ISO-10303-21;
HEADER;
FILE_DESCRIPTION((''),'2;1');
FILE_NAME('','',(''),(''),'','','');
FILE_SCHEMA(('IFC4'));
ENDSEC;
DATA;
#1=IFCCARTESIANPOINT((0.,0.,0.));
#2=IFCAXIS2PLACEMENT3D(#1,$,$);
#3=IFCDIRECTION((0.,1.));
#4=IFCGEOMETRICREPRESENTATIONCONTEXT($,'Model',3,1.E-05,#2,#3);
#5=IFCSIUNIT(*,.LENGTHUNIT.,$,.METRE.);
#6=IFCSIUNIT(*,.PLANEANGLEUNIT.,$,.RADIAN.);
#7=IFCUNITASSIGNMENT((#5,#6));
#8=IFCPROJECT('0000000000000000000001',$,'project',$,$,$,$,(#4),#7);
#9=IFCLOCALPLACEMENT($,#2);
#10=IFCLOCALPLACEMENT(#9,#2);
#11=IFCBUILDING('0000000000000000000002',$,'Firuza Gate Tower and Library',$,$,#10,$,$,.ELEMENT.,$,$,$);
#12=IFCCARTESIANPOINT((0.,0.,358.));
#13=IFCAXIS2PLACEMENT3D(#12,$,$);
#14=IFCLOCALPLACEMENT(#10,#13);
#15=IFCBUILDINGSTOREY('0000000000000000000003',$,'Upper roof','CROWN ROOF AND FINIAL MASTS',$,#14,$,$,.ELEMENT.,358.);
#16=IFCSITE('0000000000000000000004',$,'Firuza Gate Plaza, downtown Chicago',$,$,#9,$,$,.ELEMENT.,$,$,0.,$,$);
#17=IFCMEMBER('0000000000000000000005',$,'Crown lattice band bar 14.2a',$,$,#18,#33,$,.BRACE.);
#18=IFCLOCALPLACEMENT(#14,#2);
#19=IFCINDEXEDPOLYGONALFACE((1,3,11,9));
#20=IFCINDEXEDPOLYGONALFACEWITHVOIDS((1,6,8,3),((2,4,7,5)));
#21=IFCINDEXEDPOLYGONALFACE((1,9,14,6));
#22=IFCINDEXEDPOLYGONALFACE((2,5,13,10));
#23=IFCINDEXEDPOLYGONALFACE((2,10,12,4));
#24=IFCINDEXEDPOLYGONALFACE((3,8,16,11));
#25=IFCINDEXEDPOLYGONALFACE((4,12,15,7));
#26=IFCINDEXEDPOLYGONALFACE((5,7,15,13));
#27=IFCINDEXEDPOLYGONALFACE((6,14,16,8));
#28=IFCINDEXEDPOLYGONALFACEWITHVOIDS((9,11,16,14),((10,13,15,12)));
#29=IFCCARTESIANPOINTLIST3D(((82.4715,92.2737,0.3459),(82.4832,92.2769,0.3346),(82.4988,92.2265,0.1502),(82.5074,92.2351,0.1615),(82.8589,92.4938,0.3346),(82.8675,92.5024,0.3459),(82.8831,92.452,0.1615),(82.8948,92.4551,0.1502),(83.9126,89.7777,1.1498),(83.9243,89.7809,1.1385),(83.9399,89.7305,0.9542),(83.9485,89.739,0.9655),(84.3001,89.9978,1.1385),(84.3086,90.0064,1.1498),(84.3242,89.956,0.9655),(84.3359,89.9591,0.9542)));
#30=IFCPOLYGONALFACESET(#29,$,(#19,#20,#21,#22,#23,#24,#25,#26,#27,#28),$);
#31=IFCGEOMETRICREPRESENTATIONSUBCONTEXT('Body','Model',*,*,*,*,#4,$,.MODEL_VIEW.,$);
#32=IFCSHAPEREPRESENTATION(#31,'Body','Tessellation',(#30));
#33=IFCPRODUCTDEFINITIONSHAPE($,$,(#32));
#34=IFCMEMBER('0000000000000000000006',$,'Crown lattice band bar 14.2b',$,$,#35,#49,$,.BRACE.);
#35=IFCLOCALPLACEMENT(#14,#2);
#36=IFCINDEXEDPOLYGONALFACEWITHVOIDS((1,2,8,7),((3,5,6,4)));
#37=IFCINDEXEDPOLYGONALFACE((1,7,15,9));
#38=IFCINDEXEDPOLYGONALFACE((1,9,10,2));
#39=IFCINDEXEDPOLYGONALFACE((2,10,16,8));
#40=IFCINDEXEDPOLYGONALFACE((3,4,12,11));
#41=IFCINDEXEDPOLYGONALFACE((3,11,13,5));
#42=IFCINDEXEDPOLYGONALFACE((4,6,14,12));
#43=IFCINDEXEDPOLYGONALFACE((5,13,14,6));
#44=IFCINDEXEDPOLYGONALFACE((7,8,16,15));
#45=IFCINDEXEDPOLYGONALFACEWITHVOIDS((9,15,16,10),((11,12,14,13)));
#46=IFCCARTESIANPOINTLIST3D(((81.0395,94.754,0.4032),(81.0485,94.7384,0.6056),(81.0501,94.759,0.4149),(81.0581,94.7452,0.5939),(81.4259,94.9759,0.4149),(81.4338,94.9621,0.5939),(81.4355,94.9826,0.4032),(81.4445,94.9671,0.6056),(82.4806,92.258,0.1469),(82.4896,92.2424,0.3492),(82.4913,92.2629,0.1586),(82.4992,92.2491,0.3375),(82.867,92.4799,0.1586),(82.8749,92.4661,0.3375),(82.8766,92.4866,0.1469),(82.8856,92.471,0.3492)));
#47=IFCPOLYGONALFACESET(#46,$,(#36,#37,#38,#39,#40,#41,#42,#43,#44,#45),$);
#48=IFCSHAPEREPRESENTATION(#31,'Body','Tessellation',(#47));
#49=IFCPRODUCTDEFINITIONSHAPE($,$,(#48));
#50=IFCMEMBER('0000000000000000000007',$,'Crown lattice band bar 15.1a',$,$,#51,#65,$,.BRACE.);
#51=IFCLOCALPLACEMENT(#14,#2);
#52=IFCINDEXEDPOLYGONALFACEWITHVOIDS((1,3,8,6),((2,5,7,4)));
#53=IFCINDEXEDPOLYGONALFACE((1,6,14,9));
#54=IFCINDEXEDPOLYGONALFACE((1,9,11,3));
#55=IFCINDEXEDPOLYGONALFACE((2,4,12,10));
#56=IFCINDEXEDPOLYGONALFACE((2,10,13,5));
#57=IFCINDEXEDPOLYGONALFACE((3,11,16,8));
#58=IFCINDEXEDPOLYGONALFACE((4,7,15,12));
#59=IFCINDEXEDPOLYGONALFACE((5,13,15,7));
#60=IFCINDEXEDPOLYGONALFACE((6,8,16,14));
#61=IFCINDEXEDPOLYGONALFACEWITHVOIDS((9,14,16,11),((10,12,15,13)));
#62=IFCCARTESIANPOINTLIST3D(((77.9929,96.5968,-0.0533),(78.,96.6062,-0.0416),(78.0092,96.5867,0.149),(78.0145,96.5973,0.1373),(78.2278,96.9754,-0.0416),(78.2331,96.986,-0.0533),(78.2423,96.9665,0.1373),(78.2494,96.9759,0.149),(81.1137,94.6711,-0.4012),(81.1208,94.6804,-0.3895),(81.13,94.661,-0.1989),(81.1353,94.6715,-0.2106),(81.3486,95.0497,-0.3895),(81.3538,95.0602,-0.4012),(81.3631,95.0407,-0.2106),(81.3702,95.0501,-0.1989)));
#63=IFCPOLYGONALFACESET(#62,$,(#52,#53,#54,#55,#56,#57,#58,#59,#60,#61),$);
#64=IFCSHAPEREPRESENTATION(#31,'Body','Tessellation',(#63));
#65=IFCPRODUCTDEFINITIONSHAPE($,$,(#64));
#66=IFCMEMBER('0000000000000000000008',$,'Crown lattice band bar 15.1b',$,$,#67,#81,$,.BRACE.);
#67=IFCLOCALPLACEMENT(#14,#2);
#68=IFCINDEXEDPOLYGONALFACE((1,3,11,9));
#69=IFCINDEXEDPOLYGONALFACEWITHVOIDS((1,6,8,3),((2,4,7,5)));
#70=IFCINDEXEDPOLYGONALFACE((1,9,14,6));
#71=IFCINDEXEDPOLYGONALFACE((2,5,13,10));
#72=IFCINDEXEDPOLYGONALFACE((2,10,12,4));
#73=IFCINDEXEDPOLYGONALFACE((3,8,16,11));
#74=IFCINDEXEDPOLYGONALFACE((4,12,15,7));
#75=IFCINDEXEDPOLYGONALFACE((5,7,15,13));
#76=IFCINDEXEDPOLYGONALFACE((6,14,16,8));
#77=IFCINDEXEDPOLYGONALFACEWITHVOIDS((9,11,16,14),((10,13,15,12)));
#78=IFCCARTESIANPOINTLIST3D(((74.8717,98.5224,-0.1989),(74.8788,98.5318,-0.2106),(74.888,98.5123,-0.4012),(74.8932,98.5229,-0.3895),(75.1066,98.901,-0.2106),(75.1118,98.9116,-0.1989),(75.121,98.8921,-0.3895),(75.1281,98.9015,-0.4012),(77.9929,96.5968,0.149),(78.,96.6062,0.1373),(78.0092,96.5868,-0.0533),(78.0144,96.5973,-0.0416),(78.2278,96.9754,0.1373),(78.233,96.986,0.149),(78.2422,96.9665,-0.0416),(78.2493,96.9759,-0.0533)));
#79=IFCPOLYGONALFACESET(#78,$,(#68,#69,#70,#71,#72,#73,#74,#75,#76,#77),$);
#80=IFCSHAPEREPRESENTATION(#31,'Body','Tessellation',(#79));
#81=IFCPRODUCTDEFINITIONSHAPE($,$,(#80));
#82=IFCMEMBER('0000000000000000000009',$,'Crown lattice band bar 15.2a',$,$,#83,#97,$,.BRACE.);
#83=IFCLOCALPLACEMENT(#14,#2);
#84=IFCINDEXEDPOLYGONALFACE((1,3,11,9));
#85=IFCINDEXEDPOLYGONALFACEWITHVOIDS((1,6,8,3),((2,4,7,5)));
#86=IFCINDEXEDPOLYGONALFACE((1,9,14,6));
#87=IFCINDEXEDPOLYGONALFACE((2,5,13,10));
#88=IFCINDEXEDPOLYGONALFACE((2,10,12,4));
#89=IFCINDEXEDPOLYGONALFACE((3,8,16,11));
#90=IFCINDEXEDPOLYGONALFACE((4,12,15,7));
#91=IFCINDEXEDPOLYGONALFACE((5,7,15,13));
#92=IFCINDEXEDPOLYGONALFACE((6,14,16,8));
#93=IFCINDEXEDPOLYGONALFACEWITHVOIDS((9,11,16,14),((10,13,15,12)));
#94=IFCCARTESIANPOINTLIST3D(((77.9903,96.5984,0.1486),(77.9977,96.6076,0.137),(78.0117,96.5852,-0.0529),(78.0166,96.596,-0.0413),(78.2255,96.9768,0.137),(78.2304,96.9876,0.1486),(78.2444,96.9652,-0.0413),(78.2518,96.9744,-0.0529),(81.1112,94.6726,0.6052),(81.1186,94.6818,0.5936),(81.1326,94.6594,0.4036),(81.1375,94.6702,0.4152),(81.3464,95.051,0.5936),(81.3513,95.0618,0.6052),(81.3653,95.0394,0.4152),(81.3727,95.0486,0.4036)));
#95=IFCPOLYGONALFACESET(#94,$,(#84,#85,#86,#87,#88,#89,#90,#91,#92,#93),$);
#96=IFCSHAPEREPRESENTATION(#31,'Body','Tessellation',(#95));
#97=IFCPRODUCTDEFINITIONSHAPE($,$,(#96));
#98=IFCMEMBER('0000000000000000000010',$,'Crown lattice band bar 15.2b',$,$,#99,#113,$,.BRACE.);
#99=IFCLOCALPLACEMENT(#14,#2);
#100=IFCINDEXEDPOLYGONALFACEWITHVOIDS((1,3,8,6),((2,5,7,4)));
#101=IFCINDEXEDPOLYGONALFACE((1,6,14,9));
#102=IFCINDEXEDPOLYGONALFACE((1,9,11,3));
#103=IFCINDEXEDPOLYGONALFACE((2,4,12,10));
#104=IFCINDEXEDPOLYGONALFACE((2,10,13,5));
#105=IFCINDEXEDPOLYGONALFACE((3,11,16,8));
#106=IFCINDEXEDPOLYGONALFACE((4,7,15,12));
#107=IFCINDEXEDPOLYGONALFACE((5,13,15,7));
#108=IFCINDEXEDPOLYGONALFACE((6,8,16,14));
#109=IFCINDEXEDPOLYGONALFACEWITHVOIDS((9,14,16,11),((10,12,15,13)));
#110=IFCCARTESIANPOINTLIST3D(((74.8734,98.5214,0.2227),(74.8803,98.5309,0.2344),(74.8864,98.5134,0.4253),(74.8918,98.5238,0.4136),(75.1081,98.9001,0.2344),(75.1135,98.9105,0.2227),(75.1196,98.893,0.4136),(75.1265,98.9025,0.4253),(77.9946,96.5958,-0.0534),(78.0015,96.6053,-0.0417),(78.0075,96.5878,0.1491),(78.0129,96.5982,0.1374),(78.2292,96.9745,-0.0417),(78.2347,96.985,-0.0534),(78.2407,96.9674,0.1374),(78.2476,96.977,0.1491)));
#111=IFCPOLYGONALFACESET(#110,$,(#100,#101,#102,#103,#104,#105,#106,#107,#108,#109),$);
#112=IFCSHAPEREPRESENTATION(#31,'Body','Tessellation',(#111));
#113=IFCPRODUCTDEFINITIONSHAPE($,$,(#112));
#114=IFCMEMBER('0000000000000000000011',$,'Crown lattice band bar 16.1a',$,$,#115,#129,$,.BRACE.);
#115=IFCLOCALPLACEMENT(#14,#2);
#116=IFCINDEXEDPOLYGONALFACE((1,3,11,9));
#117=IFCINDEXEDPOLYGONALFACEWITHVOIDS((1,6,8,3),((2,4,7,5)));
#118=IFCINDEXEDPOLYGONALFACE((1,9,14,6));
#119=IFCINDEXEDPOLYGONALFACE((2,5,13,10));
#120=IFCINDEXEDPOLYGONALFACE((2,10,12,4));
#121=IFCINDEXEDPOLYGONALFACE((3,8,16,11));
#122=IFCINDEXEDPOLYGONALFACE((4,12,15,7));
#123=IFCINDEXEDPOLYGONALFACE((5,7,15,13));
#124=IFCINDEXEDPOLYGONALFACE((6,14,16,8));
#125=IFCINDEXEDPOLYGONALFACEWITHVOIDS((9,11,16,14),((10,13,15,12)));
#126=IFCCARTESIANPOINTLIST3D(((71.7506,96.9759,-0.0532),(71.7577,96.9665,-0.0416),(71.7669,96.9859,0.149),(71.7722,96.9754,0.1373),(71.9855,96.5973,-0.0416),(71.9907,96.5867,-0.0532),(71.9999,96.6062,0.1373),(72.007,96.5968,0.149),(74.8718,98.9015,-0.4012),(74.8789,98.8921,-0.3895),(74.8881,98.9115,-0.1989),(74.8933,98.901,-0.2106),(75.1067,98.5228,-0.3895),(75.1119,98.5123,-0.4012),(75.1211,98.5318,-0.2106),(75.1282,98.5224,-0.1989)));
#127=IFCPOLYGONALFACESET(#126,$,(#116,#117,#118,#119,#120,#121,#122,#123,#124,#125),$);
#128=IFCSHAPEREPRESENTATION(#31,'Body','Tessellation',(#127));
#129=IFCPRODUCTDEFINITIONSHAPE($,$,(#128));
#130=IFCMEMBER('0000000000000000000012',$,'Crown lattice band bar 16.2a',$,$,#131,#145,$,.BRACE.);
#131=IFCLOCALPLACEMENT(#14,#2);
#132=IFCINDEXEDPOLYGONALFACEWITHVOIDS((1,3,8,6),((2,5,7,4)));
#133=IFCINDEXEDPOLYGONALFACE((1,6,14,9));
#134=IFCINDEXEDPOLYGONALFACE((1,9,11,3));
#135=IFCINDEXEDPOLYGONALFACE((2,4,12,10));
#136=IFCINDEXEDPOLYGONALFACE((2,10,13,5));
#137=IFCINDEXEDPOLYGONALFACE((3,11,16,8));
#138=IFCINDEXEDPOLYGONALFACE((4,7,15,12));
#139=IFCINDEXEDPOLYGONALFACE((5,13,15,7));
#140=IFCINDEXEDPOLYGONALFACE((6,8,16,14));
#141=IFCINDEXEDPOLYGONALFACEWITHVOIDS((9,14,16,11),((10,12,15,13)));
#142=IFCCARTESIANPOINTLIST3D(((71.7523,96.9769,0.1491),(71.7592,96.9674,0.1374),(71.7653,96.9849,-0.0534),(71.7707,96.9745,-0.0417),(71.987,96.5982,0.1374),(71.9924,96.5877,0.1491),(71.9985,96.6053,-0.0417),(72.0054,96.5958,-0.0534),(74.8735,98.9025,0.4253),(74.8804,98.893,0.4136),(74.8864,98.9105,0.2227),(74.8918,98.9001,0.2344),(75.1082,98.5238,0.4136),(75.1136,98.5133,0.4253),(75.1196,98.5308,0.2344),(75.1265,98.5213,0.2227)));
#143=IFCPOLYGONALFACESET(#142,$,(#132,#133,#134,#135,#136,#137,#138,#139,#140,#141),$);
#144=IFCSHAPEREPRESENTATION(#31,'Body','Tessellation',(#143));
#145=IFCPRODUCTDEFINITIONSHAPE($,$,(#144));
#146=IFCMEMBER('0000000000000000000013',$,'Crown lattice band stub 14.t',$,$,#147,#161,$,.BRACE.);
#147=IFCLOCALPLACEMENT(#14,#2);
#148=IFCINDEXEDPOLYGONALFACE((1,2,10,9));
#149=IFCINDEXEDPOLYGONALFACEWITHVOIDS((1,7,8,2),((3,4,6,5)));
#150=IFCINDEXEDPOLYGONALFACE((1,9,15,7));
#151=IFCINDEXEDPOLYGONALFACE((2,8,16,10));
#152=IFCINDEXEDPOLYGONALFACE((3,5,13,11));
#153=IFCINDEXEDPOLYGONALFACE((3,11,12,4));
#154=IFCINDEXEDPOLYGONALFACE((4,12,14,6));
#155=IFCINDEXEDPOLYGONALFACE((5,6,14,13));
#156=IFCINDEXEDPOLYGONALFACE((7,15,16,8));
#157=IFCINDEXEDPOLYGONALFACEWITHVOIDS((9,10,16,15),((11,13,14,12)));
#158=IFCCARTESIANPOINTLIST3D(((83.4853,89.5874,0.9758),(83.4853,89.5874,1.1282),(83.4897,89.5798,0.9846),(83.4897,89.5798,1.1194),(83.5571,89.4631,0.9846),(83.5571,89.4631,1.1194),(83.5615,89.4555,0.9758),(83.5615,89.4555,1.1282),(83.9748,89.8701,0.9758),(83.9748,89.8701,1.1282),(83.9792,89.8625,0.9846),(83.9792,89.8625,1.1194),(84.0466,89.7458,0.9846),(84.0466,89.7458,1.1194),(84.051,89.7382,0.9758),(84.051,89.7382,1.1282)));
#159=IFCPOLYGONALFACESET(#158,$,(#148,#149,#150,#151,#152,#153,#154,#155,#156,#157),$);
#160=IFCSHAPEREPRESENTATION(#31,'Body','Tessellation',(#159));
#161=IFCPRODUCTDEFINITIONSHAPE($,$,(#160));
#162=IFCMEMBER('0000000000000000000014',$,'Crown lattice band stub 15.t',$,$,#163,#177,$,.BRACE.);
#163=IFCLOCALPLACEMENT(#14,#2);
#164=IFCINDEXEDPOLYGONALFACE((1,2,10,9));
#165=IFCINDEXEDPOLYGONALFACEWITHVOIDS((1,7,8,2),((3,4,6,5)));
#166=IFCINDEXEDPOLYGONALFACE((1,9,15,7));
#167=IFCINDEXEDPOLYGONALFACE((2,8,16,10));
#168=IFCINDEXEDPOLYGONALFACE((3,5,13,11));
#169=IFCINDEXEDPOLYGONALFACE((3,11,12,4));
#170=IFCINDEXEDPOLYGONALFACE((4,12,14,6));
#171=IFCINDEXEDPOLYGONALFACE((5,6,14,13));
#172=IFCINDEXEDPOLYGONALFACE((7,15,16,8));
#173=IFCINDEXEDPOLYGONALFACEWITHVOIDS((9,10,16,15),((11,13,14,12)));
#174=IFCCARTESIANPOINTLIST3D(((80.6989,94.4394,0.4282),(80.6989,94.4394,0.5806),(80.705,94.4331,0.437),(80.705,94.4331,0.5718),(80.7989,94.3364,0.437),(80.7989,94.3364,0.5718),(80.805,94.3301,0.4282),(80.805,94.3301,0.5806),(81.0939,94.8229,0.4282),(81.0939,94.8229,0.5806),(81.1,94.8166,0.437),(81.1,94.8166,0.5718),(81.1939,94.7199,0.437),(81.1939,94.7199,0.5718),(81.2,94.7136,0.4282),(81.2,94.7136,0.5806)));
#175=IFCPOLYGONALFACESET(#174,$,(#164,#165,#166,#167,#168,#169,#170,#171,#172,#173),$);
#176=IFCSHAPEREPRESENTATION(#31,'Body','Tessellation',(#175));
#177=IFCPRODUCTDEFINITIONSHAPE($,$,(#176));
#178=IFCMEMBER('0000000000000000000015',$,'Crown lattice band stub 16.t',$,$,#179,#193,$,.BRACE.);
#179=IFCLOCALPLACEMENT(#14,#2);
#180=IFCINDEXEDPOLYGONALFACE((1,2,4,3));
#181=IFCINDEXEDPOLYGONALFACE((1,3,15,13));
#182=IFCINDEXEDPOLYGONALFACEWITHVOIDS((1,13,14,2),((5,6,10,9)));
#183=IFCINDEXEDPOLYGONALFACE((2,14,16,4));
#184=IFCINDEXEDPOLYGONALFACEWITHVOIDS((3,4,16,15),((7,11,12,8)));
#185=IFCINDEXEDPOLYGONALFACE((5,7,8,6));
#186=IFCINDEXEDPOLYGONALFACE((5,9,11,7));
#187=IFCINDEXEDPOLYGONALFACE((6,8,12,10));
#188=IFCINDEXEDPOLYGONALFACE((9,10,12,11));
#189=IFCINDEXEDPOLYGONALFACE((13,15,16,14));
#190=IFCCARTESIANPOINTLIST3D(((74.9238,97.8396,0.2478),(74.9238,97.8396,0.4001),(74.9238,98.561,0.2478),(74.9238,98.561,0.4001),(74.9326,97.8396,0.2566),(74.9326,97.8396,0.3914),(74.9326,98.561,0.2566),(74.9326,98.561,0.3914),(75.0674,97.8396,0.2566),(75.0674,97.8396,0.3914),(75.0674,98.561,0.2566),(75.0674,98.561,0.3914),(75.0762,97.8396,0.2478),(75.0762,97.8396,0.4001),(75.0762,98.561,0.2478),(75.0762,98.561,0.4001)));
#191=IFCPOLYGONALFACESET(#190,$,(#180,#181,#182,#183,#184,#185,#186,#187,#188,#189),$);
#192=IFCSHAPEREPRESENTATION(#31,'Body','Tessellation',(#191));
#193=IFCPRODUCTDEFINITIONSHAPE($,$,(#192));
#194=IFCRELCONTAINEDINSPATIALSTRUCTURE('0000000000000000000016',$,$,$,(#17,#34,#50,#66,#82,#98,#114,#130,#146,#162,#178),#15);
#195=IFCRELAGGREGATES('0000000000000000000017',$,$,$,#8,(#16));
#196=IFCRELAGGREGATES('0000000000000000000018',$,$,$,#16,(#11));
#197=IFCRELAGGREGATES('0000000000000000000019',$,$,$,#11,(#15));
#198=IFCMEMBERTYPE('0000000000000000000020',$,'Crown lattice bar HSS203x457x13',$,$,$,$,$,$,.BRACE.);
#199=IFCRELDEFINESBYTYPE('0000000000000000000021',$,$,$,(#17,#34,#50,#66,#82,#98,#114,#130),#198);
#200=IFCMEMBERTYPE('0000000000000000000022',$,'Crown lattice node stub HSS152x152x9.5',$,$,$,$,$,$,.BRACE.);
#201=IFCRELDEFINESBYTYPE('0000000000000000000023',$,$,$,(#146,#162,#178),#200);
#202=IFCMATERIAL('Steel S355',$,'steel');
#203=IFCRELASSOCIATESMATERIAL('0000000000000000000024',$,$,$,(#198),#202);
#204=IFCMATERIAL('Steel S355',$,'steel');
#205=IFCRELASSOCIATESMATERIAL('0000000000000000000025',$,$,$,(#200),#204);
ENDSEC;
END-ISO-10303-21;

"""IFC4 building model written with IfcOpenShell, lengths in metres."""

from ifc_helpers import new_model, si_unit, direction, frame, origin, origin_2d, place, context, subcontext, project, spatial, hollow_rectangle, extrude, material, material_profile, profile_set, type_object, element, save


model = new_model("IFC4")

# Units and contexts
model_context = context("Model", 3, precision=1e-05, world=origin(), true_north=direction((0.0, 1.0)))
body_context = subcontext(model_context, "Body", "Model", "MODEL_VIEW")
ifc_project = project(units=[si_unit("LENGTHUNIT", "METRE"), si_unit("PLANEANGLEUNIT", "RADIAN")], contexts=[model_context])

# Site, building, storey
site_placement = place(None, origin())
site = spatial("IfcSite", under=ifc_project, at=site_placement, Name="Firuza Gate Plaza, downtown Chicago", CompositionType="ELEMENT", RefElevation=0.0)
building_placement = place(site_placement, origin())
building = spatial("IfcBuilding", under=site, at=building_placement, Name="Firuza Gate Tower and Library", CompositionType="ELEMENT")
storey_placement = place(building_placement, frame((0.0, 0.0, 358.0)))
storey = spatial("IfcBuildingStorey", under=building, at=storey_placement, Name="Upper roof", Description="CROWN ROOF AND FINIAL MASTS", CompositionType="ELEMENT", Elevation=358.0)

# Members
ifc_material_1 = material(Name="Steel S355", Category="steel")
ifc_material_profile_1 = material_profile(ifc_material_1, hollow_rectangle(XDim=0.4573, YDim=0.2031, WallThickness=0.0117, at=origin_2d()))
ifc_profile_set_1 = profile_set([ifc_material_profile_1], Name="Steel S355")
member_type_1 = type_object("IfcMemberType", Name="Crown lattice bar HSS203x457x13", PredefinedType="BRACE", material=ifc_profile_set_1)
member_1_placement = place(storey_placement, frame((84.1243, 89.8684, 1.052), z_axis=(-0.481626, 0.834176, -0.268676), x_axis=(-0.866019, -0.500011, 0.0)))
element("IfcMember", 1, at=member_1_placement, inside=storey, type_object=member_type_1, Name="Crown lattice band bar 14.2a", PredefinedType="BRACE", context=body_context, shape_type="SweptSolid", body=[
    extrude(hollow_rectangle(XDim=0.4573, YDim=0.2031, WallThickness=0.0117, at=origin_2d()), origin(), (0.0, 0.0, 1.0), 2.9922),
])
member_2_placement = place(storey_placement, frame((82.6831, 92.3645, 0.248), z_axis=(-0.498045, 0.862614, 0.08859), x_axis=(-0.866019, -0.500011, 0.0)))
element("IfcMember", 2, at=member_2_placement, inside=storey, type_object=member_type_1, Name="Crown lattice band bar 14.2b", PredefinedType="BRACE", context=body_context, shape_type="SweptSolid", body=[
    extrude(hollow_rectangle(XDim=0.4573, YDim=0.2031, WallThickness=0.0117, at=origin_2d()), origin(), (0.0, 0.0, 1.0), 2.8936),
])
member_3_placement = place(storey_placement, frame((81.2419, 94.8606, -0.3), z_axis=(-0.847214, 0.52279, 0.094444), x_axis=(-0.525137, -0.851018, 0.0)))
element("IfcMember", 3, at=member_3_placement, inside=storey, type_object=member_type_1, Name="Crown lattice band bar 15.1a", PredefinedType="BRACE", context=body_context, shape_type="SweptSolid", body=[
    extrude(hollow_rectangle(XDim=0.4573, YDim=0.2031, WallThickness=0.0117, at=origin_2d()), origin(), (0.0, 0.0, 1.0), 3.6836),
])
member_4_placement = place(storey_placement, frame((78.1211, 96.7864, 0.0479), z_axis=(-0.847262, 0.522712, -0.094442), x_axis=(-0.525059, -0.851066, 0.0)))
element("IfcMember", 4, at=member_4_placement, inside=storey, type_object=member_type_1, Name="Crown lattice band bar 15.1b", PredefinedType="BRACE", context=body_context, shape_type="SweptSolid", body=[
    extrude(hollow_rectangle(XDim=0.4573, YDim=0.2031, WallThickness=0.0117, at=origin_2d()), origin(), (0.0, 0.0, 1.0), 3.6838),
])
member_5_placement = place(storey_placement, frame((81.2419, 94.8606, 0.5044), z_axis=(-0.844499, 0.521114, -0.12354), x_axis=(-0.525137, -0.851018, 0.0)))
element("IfcMember", 5, at=member_5_placement, inside=storey, type_object=member_type_1, Name="Crown lattice band bar 15.2a", PredefinedType="BRACE", context=body_context, shape_type="SweptSolid", body=[
    extrude(hollow_rectangle(XDim=0.4573, YDim=0.2031, WallThickness=0.0117, at=origin_2d()), origin(), (0.0, 0.0, 1.0), 3.6956),
])
member_6_placement = place(storey_placement, frame((78.1211, 96.7864, 0.0479), z_axis=(-0.848664, 0.523577, 0.075081), x_axis=(-0.525059, -0.851066, 0.0)))
element("IfcMember", 6, at=member_6_placement, inside=storey, type_object=member_type_1, Name="Crown lattice band bar 15.2b", PredefinedType="BRACE", context=body_context, shape_type="SweptSolid", body=[
    extrude(hollow_rectangle(XDim=0.4573, YDim=0.2031, WallThickness=0.0117, at=origin_2d()), origin(), (0.0, 0.0, 1.0), 3.6777),
])
member_7_placement = place(storey_placement, frame((75.0, 98.7119, -0.3), z_axis=(-0.847262, -0.522712, 0.094442), x_axis=(0.525059, -0.851066, 0.0)))
element("IfcMember", 7, at=member_7_placement, inside=storey, type_object=member_type_1, Name="Crown lattice band bar 16.1a", PredefinedType="BRACE", context=body_context, shape_type="SweptSolid", body=[
    extrude(hollow_rectangle(XDim=0.4573, YDim=0.2031, WallThickness=0.0117, at=origin_2d()), origin(), (0.0, 0.0, 1.0), 3.6838),
])
member_8_placement = place(storey_placement, frame((75.0, 98.7119, 0.324), z_axis=(-0.848664, -0.523577, -0.075081), x_axis=(0.525059, -0.851066, 0.0)))
element("IfcMember", 8, at=member_8_placement, inside=storey, type_object=member_type_1, Name="Crown lattice band bar 16.2a", PredefinedType="BRACE", context=body_context, shape_type="SweptSolid", body=[
    extrude(hollow_rectangle(XDim=0.4573, YDim=0.2031, WallThickness=0.0117, at=origin_2d()), origin(), (0.0, 0.0, 1.0), 3.6777),
])
ifc_material_2 = material(Name="Steel S355", Category="steel")
ifc_material_profile_2 = material_profile(ifc_material_2, hollow_rectangle(XDim=0.1523, YDim=0.1523, WallThickness=0.0088, at=origin_2d()))
ifc_profile_set_2 = profile_set([ifc_material_profile_2], Name="Steel S355")
member_type_2 = type_object("IfcMemberType", Name="Crown lattice node stub HSS152x152x9.5", PredefinedType="BRACE", material=ifc_profile_set_2)
member_9_placement = place(storey_placement, frame((83.5234, 89.5215, 1.052), z_axis=(0.865948, 0.500134, 0.0), x_axis=(-0.500134, 0.865948, 0.0)))
element("IfcMember", 9, at=member_9_placement, inside=storey, type_object=member_type_2, Name="Crown lattice band stub 14.t", PredefinedType="BRACE", context=body_context, shape_type="SweptSolid", body=[
    extrude(hollow_rectangle(XDim=0.1523, YDim=0.1523, WallThickness=0.0088, at=origin_2d()), origin(), (0.0, 0.0, 1.0), 0.5652),
])
member_10_placement = place(storey_placement, frame((80.752, 94.3848, 0.5044), z_axis=(0.71745, 0.69661, 0.0), x_axis=(-0.69661, 0.71745, 0.0)))
element("IfcMember", 10, at=member_10_placement, inside=storey, type_object=member_type_2, Name="Crown lattice band stub 15.t", PredefinedType="BRACE", context=body_context, shape_type="SweptSolid", body=[
    extrude(hollow_rectangle(XDim=0.1523, YDim=0.1523, WallThickness=0.0088, at=origin_2d()), origin(), (0.0, 0.0, 1.0), 0.5505),
])
member_11_placement = place(storey_placement, frame((75.0, 97.8396, 0.324), z_axis=(0.0, 1.0, 0.0), x_axis=(-1.0, 0.0, 0.0)))
element("IfcMember", 11, at=member_11_placement, inside=storey, type_object=member_type_2, Name="Crown lattice band stub 16.t", PredefinedType="BRACE", context=body_context, shape_type="SweptSolid", body=[
    extrude(hollow_rectangle(XDim=0.1523, YDim=0.1523, WallThickness=0.0088, at=origin_2d()), origin(), (0.0, 0.0, 1.0), 0.7214),
])

save(model, "model.ifc")
